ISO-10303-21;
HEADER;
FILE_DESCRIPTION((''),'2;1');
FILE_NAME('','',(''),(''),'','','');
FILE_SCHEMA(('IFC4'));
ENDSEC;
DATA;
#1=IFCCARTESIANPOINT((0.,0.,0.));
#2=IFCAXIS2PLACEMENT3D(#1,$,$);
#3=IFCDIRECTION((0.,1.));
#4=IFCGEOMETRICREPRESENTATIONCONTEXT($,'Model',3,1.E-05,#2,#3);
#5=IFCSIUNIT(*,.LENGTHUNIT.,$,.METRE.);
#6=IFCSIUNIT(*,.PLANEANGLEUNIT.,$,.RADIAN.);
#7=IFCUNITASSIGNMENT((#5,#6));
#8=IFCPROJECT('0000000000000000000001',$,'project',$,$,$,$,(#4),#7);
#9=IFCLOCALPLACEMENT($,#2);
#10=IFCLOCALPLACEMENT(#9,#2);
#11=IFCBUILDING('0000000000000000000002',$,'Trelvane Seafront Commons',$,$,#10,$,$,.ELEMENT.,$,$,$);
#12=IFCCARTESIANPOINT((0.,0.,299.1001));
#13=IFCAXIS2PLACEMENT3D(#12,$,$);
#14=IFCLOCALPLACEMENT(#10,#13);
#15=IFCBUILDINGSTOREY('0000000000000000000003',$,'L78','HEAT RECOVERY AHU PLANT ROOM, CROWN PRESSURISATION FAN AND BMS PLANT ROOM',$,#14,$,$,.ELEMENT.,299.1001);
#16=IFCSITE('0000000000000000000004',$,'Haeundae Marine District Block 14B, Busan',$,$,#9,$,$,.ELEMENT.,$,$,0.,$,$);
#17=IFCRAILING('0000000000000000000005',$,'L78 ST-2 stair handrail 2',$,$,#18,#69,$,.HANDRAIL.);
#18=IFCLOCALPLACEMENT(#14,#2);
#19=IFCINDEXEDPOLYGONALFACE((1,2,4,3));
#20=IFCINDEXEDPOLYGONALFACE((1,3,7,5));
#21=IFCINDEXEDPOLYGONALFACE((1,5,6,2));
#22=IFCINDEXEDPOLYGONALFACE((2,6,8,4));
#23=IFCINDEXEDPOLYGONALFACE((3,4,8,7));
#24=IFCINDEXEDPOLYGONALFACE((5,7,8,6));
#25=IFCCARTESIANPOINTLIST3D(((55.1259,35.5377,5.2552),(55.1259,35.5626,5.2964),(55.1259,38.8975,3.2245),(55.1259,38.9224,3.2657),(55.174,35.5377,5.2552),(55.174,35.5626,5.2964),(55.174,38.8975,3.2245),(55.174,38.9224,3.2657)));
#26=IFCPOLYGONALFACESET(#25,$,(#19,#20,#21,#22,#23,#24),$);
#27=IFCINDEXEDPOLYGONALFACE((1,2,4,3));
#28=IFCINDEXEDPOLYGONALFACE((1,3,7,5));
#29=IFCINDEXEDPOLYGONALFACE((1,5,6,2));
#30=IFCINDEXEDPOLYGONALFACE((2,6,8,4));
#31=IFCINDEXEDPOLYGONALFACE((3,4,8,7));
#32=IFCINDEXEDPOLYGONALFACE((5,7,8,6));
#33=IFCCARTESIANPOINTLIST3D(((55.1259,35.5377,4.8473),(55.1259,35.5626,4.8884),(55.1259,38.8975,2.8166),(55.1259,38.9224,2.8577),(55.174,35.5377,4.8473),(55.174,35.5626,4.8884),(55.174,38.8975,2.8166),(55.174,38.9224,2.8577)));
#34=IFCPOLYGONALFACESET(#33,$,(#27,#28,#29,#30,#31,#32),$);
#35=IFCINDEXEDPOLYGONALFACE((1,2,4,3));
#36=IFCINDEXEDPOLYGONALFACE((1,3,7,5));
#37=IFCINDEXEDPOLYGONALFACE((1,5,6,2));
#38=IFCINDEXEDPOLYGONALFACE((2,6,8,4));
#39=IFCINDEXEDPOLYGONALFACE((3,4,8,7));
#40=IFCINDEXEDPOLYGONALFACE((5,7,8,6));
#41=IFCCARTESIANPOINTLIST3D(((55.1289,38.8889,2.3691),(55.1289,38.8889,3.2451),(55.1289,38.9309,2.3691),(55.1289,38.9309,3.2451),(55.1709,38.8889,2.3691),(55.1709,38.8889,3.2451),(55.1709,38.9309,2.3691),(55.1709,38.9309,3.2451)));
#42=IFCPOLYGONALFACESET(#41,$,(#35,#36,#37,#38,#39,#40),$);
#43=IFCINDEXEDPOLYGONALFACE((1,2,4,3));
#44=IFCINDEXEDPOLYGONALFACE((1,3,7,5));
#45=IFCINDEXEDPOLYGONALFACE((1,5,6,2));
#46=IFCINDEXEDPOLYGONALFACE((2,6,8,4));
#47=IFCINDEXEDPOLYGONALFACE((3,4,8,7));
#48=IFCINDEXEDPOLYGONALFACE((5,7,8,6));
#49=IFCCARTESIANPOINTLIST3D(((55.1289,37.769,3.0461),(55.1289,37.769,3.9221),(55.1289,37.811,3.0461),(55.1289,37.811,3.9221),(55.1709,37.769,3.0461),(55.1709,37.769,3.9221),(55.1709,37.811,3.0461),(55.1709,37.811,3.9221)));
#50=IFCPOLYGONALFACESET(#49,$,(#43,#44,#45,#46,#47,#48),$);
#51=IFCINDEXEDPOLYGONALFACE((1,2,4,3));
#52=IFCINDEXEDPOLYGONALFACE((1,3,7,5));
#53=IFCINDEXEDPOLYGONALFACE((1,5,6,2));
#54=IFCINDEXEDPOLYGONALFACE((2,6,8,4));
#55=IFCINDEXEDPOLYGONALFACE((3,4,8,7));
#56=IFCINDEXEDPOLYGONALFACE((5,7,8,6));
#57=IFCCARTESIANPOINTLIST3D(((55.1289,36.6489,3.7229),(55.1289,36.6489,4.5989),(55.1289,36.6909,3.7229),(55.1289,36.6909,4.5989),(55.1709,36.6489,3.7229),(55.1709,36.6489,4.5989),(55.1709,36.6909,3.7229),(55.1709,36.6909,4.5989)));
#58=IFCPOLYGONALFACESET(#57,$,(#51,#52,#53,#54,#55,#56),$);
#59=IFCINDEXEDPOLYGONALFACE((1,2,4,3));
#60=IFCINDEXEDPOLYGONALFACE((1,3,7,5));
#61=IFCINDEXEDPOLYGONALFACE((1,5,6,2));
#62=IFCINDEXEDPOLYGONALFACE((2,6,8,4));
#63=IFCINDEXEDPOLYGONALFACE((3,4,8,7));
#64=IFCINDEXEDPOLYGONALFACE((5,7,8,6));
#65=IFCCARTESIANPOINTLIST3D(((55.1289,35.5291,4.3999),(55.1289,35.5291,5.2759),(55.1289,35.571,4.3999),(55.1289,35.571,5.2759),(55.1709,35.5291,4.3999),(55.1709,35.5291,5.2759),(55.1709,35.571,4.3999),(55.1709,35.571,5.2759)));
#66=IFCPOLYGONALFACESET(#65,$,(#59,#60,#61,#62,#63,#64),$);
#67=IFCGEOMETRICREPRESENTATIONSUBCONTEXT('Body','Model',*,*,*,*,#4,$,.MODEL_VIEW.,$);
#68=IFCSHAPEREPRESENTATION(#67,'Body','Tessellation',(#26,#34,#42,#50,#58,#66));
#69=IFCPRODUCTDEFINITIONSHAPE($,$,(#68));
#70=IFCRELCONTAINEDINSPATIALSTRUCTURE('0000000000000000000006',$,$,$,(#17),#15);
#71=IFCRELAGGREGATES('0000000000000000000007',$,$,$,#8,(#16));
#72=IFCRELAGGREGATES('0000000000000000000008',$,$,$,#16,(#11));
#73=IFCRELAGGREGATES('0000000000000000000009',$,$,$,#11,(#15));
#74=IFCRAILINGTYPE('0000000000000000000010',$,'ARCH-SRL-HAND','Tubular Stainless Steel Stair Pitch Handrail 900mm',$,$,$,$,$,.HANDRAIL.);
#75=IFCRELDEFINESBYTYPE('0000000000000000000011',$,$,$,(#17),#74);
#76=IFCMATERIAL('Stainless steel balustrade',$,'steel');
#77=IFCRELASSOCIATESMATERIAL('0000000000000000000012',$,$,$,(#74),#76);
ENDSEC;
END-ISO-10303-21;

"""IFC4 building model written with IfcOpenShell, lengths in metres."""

from ifc_helpers import new_model, si_unit, direction, frame, origin, origin_2d, place, context, subcontext, project, spatial, rectangle, extrude, material, type_object, element, save


model = new_model("IFC4")

# Units and contexts
model_context = context("Model", 3, precision=1e-05, world=origin(), true_north=direction((0.0, 1.0)))
body_context = subcontext(model_context, "Body", "Model", "MODEL_VIEW")
ifc_project = project(units=[si_unit("LENGTHUNIT", "METRE"), si_unit("PLANEANGLEUNIT", "RADIAN")], contexts=[model_context])

# Site, building, storey
site_placement = place(None, origin())
site = spatial("IfcSite", under=ifc_project, at=site_placement, Name="Haeundae Marine District Block 14B, Busan", CompositionType="ELEMENT", RefElevation=0.0)
building_placement = place(site_placement, origin())
building = spatial("IfcBuilding", under=site, at=building_placement, Name="Trelvane Seafront Commons", CompositionType="ELEMENT")
storey_placement = place(building_placement, frame((0.0, 0.0, 299.1001)))
storey = spatial("IfcBuildingStorey", under=building, at=storey_placement, Name="L78", Description="HEAT RECOVERY AHU PLANT ROOM, CROWN PRESSURISATION FAN AND BMS PLANT ROOM", CompositionType="ELEMENT", Elevation=299.1001)

# Railing
ifc_material_1 = material(Name="Stainless steel balustrade", Category="steel")
railing_type_1 = type_object("IfcRailingType", Name="ARCH-SRL-HAND", Description="Tubular Stainless Steel Stair Pitch Handrail 900mm", PredefinedType="HANDRAIL", material=ifc_material_1)
railing_1_placement = place(storey_placement, frame((55.1499, 38.9099, 2.3691)))
element("IfcRailing", 1, at=railing_1_placement, inside=storey, type_object=railing_type_1, Name="L78 ST-2 stair handrail 2", PredefinedType="HANDRAIL", context=body_context, shape_type="SweptSolid", body=[
    extrude(rectangle(XDim=0.0481, YDim=0.0481, at=origin_2d()), frame((0.0, 0.0, 0.876), z_axis=(0.0, -0.85582, 0.517273), x_axis=(1.0, 0.0, 0.0)), (0.0, 0.0, 1.0), 3.9258),
    extrude(rectangle(XDim=0.0481, YDim=0.0481, at=origin_2d()), frame((0.0, 0.0, 0.468), z_axis=(0.0, -0.85582, 0.517273), x_axis=(1.0, 0.0, 0.0)), (0.0, 0.0, 1.0), 3.9258),
    extrude(rectangle(XDim=0.042, YDim=0.042, at=origin_2d()), origin(), (0.0, 0.0, 1.0), 0.876),
    extrude(rectangle(XDim=0.042, YDim=0.042, at=origin_2d()), frame((0.0, -1.1199, 0.677)), (0.0, 0.0, 1.0), 0.876),
    extrude(rectangle(XDim=0.042, YDim=0.042, at=origin_2d()), frame((0.0, -2.24, 1.3538)), (0.0, 0.0, 1.0), 0.876),
    extrude(rectangle(XDim=0.042, YDim=0.042, at=origin_2d()), frame((0.0, -3.3599, 2.0308)), (0.0, 0.0, 1.0), 0.876),
])

save(model, "model.ifc")
